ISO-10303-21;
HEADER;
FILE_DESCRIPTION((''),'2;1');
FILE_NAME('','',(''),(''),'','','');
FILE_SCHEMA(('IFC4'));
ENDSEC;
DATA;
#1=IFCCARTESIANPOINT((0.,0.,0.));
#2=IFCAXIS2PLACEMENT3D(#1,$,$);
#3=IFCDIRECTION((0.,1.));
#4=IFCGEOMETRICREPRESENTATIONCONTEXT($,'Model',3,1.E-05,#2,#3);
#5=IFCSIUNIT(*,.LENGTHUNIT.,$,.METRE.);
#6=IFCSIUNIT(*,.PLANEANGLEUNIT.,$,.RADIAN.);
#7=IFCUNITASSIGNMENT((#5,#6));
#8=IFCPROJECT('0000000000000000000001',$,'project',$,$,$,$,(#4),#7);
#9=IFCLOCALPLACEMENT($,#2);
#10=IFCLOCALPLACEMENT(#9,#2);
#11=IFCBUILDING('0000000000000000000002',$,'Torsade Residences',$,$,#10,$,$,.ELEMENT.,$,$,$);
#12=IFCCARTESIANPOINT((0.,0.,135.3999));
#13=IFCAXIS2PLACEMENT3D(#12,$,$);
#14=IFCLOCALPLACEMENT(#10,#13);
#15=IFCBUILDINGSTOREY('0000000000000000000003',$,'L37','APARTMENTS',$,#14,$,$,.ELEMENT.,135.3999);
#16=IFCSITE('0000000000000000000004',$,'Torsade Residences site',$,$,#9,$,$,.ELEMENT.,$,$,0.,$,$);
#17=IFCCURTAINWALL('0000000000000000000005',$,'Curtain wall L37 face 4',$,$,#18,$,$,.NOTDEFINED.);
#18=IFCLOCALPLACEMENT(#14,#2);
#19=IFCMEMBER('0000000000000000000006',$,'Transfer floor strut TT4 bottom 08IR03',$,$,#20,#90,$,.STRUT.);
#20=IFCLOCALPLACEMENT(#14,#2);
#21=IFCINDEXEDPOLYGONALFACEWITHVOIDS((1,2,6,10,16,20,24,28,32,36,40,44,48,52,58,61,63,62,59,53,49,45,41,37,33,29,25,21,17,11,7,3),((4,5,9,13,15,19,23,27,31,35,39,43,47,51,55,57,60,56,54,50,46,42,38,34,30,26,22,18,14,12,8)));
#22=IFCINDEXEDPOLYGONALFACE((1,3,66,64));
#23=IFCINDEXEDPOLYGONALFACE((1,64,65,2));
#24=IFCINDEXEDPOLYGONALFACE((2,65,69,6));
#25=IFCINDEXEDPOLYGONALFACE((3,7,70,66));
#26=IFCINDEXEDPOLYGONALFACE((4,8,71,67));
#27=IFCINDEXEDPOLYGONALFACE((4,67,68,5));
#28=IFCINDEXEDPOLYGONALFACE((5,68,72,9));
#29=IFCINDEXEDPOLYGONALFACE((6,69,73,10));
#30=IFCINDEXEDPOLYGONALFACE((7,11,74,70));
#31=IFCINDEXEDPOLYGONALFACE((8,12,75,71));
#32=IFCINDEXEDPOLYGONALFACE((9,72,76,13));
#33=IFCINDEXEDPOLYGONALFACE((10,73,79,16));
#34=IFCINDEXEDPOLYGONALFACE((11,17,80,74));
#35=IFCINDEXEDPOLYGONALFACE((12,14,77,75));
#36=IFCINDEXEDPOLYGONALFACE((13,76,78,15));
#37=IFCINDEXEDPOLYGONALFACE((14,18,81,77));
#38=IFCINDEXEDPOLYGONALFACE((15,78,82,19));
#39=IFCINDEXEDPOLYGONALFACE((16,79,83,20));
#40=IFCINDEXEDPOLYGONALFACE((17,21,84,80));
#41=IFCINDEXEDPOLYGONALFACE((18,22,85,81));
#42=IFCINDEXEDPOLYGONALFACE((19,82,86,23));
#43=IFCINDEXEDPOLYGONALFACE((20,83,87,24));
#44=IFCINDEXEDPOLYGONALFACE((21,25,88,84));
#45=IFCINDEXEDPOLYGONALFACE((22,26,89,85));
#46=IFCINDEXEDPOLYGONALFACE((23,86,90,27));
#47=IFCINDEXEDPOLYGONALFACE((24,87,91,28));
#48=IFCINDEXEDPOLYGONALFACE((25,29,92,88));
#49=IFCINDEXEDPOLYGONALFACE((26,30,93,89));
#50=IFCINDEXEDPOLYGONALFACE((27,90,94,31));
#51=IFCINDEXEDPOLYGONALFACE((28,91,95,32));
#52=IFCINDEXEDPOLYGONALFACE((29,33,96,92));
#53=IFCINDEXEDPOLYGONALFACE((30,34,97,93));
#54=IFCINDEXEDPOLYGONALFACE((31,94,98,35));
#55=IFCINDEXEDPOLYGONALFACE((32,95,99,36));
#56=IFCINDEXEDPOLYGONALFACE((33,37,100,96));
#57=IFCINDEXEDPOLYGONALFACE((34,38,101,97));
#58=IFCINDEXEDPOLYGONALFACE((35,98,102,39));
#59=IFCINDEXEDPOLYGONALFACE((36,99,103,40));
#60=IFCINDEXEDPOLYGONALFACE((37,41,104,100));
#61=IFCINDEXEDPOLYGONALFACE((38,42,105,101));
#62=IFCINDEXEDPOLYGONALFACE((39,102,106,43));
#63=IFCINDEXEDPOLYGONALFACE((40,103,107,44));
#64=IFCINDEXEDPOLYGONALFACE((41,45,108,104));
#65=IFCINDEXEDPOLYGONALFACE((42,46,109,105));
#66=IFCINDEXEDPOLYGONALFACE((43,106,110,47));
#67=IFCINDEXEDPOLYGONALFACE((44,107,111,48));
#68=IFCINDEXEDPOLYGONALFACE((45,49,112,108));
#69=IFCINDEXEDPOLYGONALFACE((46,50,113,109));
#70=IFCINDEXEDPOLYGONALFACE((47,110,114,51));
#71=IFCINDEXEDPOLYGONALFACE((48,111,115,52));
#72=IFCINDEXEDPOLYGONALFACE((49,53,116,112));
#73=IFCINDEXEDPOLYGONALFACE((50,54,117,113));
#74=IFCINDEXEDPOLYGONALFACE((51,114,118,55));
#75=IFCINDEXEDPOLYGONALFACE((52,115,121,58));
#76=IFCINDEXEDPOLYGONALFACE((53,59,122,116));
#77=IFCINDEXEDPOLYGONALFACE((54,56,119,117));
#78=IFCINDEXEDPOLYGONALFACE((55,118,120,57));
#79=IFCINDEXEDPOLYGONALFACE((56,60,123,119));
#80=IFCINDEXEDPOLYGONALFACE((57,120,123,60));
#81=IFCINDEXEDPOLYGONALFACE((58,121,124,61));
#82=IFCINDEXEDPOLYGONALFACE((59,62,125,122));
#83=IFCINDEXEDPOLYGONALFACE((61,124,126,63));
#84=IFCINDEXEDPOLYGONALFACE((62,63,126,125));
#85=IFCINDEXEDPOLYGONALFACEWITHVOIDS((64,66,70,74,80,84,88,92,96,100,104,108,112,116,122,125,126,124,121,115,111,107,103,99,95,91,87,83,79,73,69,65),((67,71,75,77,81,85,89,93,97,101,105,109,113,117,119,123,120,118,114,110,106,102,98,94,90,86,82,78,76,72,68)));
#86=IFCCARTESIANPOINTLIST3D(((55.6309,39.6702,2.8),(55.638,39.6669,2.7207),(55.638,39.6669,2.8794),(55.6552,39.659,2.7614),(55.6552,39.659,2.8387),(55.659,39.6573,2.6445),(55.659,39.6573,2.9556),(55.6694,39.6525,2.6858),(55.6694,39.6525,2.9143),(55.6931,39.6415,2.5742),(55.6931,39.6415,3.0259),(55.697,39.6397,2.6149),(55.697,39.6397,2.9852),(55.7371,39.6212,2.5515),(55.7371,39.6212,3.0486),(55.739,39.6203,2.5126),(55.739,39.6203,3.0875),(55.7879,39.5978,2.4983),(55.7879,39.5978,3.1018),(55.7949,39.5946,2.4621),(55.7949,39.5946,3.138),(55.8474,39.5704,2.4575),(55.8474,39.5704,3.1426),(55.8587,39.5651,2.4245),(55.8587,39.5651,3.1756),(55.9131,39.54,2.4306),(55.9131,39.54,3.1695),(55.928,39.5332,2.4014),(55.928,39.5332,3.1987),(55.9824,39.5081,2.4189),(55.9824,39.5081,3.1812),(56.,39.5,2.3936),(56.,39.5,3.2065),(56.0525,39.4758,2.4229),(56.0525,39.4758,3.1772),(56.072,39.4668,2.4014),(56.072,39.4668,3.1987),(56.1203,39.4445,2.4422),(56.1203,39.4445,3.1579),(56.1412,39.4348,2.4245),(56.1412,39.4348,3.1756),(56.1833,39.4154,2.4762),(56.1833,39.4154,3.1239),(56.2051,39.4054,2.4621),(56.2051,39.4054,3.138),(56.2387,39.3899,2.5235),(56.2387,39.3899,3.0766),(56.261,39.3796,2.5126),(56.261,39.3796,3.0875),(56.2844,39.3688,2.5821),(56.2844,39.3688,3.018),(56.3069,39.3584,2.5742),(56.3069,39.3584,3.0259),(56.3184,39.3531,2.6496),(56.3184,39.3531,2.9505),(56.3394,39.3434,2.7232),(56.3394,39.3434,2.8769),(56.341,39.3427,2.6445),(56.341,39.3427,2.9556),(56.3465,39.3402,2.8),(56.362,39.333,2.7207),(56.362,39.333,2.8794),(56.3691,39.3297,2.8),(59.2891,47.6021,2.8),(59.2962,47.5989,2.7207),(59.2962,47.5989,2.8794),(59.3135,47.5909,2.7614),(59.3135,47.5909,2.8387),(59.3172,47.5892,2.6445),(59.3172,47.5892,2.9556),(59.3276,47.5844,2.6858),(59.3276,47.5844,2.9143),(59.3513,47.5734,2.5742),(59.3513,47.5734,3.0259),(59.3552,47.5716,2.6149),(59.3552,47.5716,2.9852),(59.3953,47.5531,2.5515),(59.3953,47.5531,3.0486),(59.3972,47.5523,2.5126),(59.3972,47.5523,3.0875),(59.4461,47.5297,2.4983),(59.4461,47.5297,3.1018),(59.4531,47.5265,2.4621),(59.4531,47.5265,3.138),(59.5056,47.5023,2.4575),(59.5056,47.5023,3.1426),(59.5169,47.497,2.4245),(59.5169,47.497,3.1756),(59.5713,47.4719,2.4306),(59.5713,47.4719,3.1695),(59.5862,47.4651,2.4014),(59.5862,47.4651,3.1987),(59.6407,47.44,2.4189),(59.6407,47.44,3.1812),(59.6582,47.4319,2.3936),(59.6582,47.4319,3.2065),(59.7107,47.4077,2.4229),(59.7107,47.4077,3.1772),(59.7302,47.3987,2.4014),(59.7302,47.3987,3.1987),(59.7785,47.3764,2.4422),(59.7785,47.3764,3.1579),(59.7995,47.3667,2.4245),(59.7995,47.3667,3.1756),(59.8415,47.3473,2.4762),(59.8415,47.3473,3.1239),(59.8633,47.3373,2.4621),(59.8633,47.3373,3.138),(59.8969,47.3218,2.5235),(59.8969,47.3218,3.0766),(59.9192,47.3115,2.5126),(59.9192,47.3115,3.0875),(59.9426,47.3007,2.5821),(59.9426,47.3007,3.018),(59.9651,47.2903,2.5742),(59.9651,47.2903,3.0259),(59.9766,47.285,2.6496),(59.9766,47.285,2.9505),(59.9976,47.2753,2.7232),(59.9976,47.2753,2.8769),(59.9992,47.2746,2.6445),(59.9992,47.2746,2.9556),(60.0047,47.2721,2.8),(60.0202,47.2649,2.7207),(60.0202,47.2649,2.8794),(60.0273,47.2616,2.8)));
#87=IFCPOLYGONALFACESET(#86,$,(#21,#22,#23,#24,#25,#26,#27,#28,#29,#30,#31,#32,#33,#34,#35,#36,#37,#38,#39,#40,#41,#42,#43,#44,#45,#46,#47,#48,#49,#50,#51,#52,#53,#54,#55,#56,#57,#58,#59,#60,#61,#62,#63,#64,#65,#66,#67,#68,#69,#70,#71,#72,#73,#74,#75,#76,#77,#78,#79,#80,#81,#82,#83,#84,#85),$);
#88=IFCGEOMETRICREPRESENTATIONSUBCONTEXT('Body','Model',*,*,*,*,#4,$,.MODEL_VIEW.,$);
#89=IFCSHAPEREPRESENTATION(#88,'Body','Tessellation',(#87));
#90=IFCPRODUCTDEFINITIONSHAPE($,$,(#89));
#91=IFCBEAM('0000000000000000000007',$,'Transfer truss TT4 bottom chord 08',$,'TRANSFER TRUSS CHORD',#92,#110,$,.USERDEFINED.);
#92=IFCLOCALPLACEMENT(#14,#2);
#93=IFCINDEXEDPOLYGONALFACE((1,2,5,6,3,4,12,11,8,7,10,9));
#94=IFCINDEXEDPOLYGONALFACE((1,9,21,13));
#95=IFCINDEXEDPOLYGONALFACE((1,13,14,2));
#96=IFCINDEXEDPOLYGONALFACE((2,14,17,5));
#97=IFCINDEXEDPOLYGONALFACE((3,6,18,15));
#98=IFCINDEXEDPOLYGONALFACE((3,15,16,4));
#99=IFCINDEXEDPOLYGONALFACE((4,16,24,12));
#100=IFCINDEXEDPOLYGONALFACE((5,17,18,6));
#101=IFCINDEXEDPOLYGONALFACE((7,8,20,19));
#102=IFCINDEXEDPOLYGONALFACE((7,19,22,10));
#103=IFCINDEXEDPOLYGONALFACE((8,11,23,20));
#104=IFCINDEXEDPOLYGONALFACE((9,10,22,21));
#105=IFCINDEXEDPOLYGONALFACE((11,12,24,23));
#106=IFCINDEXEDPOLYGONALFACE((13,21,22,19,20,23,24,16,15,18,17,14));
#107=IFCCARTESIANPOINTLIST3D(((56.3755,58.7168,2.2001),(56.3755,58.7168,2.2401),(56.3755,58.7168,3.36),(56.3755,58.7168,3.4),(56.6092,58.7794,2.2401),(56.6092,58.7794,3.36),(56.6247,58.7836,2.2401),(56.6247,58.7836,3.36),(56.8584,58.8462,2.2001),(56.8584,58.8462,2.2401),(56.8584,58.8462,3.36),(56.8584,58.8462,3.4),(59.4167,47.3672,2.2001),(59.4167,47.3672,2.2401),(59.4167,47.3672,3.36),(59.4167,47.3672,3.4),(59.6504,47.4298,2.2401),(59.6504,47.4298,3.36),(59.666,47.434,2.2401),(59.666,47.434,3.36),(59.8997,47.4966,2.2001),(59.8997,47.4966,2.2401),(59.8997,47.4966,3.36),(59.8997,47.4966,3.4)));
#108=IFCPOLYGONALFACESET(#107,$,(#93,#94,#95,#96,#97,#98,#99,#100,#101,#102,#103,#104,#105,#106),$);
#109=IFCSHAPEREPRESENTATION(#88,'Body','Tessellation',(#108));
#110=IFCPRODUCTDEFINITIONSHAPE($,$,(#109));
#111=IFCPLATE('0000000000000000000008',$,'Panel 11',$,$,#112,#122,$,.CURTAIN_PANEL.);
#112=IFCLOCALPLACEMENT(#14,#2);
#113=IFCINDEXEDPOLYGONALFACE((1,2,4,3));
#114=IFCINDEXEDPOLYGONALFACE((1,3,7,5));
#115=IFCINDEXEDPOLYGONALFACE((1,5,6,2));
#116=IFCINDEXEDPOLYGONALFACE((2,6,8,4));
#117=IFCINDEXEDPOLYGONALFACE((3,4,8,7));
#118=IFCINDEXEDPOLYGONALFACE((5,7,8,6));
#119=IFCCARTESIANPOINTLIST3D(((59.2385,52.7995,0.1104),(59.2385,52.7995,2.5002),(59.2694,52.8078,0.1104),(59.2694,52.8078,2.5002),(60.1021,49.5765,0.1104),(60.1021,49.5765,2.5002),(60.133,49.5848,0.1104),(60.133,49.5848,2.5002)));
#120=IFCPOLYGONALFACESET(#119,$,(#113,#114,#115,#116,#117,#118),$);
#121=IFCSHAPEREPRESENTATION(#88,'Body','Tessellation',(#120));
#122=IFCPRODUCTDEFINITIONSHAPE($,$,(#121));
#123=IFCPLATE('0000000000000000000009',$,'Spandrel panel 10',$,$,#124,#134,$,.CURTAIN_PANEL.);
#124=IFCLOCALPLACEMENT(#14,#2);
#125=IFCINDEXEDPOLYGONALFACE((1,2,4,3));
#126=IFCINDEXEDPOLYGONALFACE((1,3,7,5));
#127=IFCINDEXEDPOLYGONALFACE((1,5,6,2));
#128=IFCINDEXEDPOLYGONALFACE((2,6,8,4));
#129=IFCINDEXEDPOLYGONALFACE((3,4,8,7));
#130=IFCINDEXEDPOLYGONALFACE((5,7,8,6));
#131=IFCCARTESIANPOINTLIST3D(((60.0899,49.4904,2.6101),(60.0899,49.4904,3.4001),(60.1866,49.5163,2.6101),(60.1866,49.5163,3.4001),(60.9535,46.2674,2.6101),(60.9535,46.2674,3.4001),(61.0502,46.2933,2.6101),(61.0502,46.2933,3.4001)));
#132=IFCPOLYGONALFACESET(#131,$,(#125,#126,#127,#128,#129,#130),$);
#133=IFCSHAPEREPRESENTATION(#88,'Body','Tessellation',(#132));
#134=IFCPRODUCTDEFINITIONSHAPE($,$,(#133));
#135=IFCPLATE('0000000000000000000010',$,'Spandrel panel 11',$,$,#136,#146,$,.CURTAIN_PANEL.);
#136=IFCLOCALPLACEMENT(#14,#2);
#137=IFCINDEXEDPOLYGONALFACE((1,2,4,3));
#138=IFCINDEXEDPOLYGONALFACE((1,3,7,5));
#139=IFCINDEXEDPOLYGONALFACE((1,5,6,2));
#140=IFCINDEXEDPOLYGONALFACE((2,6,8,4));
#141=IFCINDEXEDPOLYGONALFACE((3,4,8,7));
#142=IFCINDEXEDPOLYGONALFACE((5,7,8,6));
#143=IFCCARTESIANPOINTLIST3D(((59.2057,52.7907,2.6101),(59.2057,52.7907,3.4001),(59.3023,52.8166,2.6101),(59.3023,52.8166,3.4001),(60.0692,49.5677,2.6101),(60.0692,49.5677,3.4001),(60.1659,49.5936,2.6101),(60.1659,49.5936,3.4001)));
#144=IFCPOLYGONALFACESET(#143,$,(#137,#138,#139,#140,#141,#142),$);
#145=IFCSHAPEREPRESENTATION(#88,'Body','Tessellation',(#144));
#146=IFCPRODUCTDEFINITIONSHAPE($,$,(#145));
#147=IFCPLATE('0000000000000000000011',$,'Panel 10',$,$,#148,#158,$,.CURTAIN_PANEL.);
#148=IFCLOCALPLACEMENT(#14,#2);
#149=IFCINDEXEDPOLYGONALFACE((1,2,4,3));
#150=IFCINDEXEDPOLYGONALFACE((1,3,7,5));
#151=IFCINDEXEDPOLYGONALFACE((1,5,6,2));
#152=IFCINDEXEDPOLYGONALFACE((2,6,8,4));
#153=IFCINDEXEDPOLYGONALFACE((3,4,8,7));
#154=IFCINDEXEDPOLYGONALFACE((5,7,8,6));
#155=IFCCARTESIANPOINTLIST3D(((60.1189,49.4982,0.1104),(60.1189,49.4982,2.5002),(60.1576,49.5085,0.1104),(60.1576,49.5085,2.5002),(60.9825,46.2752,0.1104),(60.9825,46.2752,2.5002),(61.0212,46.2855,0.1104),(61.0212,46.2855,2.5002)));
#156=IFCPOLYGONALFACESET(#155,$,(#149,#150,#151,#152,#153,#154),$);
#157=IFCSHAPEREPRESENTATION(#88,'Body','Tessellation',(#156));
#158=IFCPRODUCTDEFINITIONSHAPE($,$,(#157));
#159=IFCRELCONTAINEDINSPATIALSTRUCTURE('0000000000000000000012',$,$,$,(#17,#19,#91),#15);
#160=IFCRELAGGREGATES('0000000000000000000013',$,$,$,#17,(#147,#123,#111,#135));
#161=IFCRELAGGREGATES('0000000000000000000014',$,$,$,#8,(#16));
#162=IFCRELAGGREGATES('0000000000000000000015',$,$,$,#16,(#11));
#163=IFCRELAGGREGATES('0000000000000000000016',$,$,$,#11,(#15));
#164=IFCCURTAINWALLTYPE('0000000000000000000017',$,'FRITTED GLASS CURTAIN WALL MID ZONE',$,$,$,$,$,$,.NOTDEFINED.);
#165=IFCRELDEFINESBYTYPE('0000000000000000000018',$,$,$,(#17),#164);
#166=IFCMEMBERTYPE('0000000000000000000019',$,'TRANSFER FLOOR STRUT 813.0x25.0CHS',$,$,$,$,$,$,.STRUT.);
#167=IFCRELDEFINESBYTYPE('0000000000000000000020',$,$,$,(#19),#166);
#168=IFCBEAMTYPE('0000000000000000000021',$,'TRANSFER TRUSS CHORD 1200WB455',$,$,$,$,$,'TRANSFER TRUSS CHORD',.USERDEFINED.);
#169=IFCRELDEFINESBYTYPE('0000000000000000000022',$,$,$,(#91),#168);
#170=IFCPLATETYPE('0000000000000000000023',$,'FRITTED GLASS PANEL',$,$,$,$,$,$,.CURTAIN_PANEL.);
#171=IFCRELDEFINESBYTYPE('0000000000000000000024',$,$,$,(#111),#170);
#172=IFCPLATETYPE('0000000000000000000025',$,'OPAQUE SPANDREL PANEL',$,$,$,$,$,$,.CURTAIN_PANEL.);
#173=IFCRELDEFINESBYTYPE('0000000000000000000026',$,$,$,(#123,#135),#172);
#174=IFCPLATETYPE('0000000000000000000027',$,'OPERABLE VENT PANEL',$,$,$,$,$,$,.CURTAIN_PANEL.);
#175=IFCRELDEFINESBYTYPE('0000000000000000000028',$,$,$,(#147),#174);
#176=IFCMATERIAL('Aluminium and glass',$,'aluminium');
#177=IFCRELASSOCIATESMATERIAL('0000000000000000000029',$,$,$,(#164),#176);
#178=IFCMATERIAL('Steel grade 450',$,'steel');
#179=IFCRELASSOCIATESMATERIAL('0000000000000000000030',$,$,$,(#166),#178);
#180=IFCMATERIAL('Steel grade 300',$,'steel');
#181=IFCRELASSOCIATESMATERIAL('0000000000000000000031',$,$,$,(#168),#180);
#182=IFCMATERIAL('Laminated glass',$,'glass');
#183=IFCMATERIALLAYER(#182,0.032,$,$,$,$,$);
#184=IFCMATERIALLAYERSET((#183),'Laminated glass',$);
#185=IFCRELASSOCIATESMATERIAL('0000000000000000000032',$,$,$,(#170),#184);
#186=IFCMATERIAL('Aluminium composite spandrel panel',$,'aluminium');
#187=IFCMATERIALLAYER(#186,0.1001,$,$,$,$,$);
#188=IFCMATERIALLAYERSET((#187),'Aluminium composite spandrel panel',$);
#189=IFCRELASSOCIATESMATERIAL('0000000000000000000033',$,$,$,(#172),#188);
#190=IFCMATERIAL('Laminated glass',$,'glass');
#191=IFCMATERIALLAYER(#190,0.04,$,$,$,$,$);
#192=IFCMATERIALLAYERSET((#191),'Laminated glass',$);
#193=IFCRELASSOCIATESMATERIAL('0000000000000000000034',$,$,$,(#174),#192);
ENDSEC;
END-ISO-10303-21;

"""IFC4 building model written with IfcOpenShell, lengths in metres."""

from ifc_helpers import new_model, si_unit, direction, frame, origin, origin_2d, place, context, subcontext, project, spatial, rectangle, hollow_circle, i_section, extrude, material, layer, layer_set, material_profile, profile_set, type_object, element, aggregate, save


model = new_model("IFC4")

# Units and contexts
model_context = context("Model", 3, precision=1e-05, world=origin(), true_north=direction((0.0, 1.0)))
body_context = subcontext(model_context, "Body", "Model", "MODEL_VIEW")
ifc_project = project(units=[si_unit("LENGTHUNIT", "METRE"), si_unit("PLANEANGLEUNIT", "RADIAN")], contexts=[model_context])

# Site, building, storey
site_placement = place(None, origin())
site = spatial("IfcSite", under=ifc_project, at=site_placement, Name="Torsade Residences site", CompositionType="ELEMENT", RefElevation=0.0)
building_placement = place(site_placement, origin())
building = spatial("IfcBuilding", under=site, at=building_placement, Name="Torsade Residences", CompositionType="ELEMENT")
storey_placement = place(building_placement, frame((0.0, 0.0, 135.3999)))
storey = spatial("IfcBuildingStorey", under=building, at=storey_placement, Name="L37", Description="APARTMENTS", CompositionType="ELEMENT", Elevation=135.3999)

# Curtain wall
ifc_material_1 = material(Name="Aluminium and glass", Category="aluminium")
curtain_wall_type = type_object("IfcCurtainWallType", Name="FRITTED GLASS CURTAIN WALL MID ZONE", PredefinedType="NOTDEFINED", material=ifc_material_1)
curtain_wall_placement = place(storey_placement, origin())
curtain_wall = element("IfcCurtainWall", 1, at=curtain_wall_placement, inside=storey, type_object=curtain_wall_type, Name="Curtain wall L37 face 4", PredefinedType="NOTDEFINED")

# Member
ifc_material_2 = material(Name="Steel grade 450", Category="steel")
ifc_material_profile_1 = material_profile(ifc_material_2, hollow_circle(Radius=0.4065, WallThickness=0.0249, at=origin_2d()), Name="813.0x25.0CHS")
ifc_profile_set_1 = profile_set([ifc_material_profile_1], Name="Steel grade 450")
member_type_1 = type_object("IfcMemberType", Name="TRANSFER FLOOR STRUT 813.0x25.0CHS", PredefinedType="STRUT", material=ifc_profile_set_1)
member_1_placement = place(storey_placement, frame((59.6582, 47.4319, 2.8), z_axis=(-0.418806, -0.908076, 0.0), x_axis=(0.908076, -0.418806, 0.0)))
element("IfcMember", 2, at=member_1_placement, inside=storey, type_object=member_type_1, Name="Transfer floor strut TT4 bottom 08IR03", PredefinedType="STRUT", context=body_context, shape_type="SweptSolid", body=[
    extrude(hollow_circle(Radius=0.4065, WallThickness=0.0249, at=origin_2d()), origin(), (0.0, 0.0, 1.0), 8.7349),
])

# Beam
ifc_material_3 = material(Name="Steel grade 300", Category="steel")
ifc_material_profile_2 = material_profile(ifc_material_3, i_section(OverallWidth=0.5, OverallDepth=1.2, WebThickness=0.0161, FlangeThickness=0.04, at=origin_2d()), Name="1200WB455")
ifc_profile_set_2 = profile_set([ifc_material_profile_2], Name="Steel grade 300")
beam_type_1 = type_object("IfcBeamType", Name="TRANSFER TRUSS CHORD 1200WB455", ElementType="TRANSFER TRUSS CHORD", PredefinedType="USERDEFINED", material=ifc_profile_set_2)
beam_1_placement = place(storey_placement, frame((59.6582, 47.4319, 2.8), z_axis=(-0.25883, 0.965923, 0.0), x_axis=(-0.965923, -0.25883, 0.0)))
element("IfcBeam", 3, at=beam_1_placement, inside=storey, type_object=beam_type_1, Name="Transfer truss TT4 bottom chord 08", ObjectType="TRANSFER TRUSS CHORD", PredefinedType="USERDEFINED", context=body_context, shape_type="SweptSolid", body=[
    extrude(i_section(OverallWidth=0.5, OverallDepth=1.2, WebThickness=0.0161, FlangeThickness=0.04, at=origin_2d()), origin(), (0.0, 0.0, 1.0), 11.75),
])

# Plates
ifc_material_4 = material(Name="Laminated glass", Category="glass")
ifc_layer_1 = layer(ifc_material_4, 0.032)
ifc_layer_set_1 = layer_set([ifc_layer_1], Name="Laminated glass")
plate_type_1 = type_object("IfcPlateType", Name="FRITTED GLASS PANEL", PredefinedType="CURTAIN_PANEL", material=ifc_layer_set_1)
plate_1_placement = place(storey_placement, frame((59.6858, 51.1921, 0.1104), z_axis=(0.0, 0.0, 1.0), x_axis=(-0.258819, 0.965926, 0.0)))
plate_1 = element("IfcPlate", 4, at=plate_1_placement, type_object=plate_type_1, Name="Panel 11", PredefinedType="CURTAIN_PANEL", context=body_context, shape_type="SweptSolid", body=[
    extrude(rectangle(XDim=3.3367, YDim=0.032, at=origin_2d()), origin(), (0.0, 0.0, 1.0), 2.3899),
])
ifc_material_5 = material(Name="Aluminium composite spandrel panel", Category="aluminium")
ifc_layer_2 = layer(ifc_material_5, 0.1001)
ifc_layer_set_2 = layer_set([ifc_layer_2], Name="Aluminium composite spandrel panel")
plate_type_2 = type_object("IfcPlateType", Name="OPAQUE SPANDREL PANEL", PredefinedType="CURTAIN_PANEL", material=ifc_layer_set_2)
plate_2_placement = place(storey_placement, frame((60.5701, 47.8918, 2.6101), z_axis=(0.0, 0.0, 1.0), x_axis=(-0.258819, 0.965926, 0.0)))
plate_2 = element("IfcPlate", 5, at=plate_2_placement, type_object=plate_type_2, Name="Spandrel panel 10", PredefinedType="CURTAIN_PANEL", context=body_context, shape_type="SweptSolid", body=[
    extrude(rectangle(XDim=3.3367, YDim=0.1001, at=origin_2d()), origin(), (0.0, 0.0, 1.0), 0.79),
])
plate_3_placement = place(storey_placement, frame((59.6858, 51.1921, 2.6101), z_axis=(0.0, 0.0, 1.0), x_axis=(-0.258819, 0.965926, 0.0)))
plate_3 = element("IfcPlate", 6, at=plate_3_placement, type_object=plate_type_2, Name="Spandrel panel 11", PredefinedType="CURTAIN_PANEL", context=body_context, shape_type="SweptSolid", body=[
    extrude(rectangle(XDim=3.3367, YDim=0.1001, at=origin_2d()), origin(), (0.0, 0.0, 1.0), 0.79),
])
ifc_material_6 = material(Name="Laminated glass", Category="glass")
ifc_layer_3 = layer(ifc_material_6, 0.04)
ifc_layer_set_3 = layer_set([ifc_layer_3], Name="Laminated glass")
plate_type_3 = type_object("IfcPlateType", Name="OPERABLE VENT PANEL", PredefinedType="CURTAIN_PANEL", material=ifc_layer_set_3)
plate_4_placement = place(storey_placement, frame((60.5701, 47.8918, 0.1104), z_axis=(0.0, 0.0, 1.0), x_axis=(-0.258819, 0.965926, 0.0)))
plate_4 = element("IfcPlate", 7, at=plate_4_placement, type_object=plate_type_3, Name="Panel 10", PredefinedType="CURTAIN_PANEL", context=body_context, shape_type="SweptSolid", body=[
    extrude(rectangle(XDim=3.3367, YDim=0.04, at=origin_2d()), origin(), (0.0, 0.0, 1.0), 2.3899),
])
aggregate(curtain_wall, [plate_4, plate_2, plate_1, plate_3])

save(model, "model.ifc")
